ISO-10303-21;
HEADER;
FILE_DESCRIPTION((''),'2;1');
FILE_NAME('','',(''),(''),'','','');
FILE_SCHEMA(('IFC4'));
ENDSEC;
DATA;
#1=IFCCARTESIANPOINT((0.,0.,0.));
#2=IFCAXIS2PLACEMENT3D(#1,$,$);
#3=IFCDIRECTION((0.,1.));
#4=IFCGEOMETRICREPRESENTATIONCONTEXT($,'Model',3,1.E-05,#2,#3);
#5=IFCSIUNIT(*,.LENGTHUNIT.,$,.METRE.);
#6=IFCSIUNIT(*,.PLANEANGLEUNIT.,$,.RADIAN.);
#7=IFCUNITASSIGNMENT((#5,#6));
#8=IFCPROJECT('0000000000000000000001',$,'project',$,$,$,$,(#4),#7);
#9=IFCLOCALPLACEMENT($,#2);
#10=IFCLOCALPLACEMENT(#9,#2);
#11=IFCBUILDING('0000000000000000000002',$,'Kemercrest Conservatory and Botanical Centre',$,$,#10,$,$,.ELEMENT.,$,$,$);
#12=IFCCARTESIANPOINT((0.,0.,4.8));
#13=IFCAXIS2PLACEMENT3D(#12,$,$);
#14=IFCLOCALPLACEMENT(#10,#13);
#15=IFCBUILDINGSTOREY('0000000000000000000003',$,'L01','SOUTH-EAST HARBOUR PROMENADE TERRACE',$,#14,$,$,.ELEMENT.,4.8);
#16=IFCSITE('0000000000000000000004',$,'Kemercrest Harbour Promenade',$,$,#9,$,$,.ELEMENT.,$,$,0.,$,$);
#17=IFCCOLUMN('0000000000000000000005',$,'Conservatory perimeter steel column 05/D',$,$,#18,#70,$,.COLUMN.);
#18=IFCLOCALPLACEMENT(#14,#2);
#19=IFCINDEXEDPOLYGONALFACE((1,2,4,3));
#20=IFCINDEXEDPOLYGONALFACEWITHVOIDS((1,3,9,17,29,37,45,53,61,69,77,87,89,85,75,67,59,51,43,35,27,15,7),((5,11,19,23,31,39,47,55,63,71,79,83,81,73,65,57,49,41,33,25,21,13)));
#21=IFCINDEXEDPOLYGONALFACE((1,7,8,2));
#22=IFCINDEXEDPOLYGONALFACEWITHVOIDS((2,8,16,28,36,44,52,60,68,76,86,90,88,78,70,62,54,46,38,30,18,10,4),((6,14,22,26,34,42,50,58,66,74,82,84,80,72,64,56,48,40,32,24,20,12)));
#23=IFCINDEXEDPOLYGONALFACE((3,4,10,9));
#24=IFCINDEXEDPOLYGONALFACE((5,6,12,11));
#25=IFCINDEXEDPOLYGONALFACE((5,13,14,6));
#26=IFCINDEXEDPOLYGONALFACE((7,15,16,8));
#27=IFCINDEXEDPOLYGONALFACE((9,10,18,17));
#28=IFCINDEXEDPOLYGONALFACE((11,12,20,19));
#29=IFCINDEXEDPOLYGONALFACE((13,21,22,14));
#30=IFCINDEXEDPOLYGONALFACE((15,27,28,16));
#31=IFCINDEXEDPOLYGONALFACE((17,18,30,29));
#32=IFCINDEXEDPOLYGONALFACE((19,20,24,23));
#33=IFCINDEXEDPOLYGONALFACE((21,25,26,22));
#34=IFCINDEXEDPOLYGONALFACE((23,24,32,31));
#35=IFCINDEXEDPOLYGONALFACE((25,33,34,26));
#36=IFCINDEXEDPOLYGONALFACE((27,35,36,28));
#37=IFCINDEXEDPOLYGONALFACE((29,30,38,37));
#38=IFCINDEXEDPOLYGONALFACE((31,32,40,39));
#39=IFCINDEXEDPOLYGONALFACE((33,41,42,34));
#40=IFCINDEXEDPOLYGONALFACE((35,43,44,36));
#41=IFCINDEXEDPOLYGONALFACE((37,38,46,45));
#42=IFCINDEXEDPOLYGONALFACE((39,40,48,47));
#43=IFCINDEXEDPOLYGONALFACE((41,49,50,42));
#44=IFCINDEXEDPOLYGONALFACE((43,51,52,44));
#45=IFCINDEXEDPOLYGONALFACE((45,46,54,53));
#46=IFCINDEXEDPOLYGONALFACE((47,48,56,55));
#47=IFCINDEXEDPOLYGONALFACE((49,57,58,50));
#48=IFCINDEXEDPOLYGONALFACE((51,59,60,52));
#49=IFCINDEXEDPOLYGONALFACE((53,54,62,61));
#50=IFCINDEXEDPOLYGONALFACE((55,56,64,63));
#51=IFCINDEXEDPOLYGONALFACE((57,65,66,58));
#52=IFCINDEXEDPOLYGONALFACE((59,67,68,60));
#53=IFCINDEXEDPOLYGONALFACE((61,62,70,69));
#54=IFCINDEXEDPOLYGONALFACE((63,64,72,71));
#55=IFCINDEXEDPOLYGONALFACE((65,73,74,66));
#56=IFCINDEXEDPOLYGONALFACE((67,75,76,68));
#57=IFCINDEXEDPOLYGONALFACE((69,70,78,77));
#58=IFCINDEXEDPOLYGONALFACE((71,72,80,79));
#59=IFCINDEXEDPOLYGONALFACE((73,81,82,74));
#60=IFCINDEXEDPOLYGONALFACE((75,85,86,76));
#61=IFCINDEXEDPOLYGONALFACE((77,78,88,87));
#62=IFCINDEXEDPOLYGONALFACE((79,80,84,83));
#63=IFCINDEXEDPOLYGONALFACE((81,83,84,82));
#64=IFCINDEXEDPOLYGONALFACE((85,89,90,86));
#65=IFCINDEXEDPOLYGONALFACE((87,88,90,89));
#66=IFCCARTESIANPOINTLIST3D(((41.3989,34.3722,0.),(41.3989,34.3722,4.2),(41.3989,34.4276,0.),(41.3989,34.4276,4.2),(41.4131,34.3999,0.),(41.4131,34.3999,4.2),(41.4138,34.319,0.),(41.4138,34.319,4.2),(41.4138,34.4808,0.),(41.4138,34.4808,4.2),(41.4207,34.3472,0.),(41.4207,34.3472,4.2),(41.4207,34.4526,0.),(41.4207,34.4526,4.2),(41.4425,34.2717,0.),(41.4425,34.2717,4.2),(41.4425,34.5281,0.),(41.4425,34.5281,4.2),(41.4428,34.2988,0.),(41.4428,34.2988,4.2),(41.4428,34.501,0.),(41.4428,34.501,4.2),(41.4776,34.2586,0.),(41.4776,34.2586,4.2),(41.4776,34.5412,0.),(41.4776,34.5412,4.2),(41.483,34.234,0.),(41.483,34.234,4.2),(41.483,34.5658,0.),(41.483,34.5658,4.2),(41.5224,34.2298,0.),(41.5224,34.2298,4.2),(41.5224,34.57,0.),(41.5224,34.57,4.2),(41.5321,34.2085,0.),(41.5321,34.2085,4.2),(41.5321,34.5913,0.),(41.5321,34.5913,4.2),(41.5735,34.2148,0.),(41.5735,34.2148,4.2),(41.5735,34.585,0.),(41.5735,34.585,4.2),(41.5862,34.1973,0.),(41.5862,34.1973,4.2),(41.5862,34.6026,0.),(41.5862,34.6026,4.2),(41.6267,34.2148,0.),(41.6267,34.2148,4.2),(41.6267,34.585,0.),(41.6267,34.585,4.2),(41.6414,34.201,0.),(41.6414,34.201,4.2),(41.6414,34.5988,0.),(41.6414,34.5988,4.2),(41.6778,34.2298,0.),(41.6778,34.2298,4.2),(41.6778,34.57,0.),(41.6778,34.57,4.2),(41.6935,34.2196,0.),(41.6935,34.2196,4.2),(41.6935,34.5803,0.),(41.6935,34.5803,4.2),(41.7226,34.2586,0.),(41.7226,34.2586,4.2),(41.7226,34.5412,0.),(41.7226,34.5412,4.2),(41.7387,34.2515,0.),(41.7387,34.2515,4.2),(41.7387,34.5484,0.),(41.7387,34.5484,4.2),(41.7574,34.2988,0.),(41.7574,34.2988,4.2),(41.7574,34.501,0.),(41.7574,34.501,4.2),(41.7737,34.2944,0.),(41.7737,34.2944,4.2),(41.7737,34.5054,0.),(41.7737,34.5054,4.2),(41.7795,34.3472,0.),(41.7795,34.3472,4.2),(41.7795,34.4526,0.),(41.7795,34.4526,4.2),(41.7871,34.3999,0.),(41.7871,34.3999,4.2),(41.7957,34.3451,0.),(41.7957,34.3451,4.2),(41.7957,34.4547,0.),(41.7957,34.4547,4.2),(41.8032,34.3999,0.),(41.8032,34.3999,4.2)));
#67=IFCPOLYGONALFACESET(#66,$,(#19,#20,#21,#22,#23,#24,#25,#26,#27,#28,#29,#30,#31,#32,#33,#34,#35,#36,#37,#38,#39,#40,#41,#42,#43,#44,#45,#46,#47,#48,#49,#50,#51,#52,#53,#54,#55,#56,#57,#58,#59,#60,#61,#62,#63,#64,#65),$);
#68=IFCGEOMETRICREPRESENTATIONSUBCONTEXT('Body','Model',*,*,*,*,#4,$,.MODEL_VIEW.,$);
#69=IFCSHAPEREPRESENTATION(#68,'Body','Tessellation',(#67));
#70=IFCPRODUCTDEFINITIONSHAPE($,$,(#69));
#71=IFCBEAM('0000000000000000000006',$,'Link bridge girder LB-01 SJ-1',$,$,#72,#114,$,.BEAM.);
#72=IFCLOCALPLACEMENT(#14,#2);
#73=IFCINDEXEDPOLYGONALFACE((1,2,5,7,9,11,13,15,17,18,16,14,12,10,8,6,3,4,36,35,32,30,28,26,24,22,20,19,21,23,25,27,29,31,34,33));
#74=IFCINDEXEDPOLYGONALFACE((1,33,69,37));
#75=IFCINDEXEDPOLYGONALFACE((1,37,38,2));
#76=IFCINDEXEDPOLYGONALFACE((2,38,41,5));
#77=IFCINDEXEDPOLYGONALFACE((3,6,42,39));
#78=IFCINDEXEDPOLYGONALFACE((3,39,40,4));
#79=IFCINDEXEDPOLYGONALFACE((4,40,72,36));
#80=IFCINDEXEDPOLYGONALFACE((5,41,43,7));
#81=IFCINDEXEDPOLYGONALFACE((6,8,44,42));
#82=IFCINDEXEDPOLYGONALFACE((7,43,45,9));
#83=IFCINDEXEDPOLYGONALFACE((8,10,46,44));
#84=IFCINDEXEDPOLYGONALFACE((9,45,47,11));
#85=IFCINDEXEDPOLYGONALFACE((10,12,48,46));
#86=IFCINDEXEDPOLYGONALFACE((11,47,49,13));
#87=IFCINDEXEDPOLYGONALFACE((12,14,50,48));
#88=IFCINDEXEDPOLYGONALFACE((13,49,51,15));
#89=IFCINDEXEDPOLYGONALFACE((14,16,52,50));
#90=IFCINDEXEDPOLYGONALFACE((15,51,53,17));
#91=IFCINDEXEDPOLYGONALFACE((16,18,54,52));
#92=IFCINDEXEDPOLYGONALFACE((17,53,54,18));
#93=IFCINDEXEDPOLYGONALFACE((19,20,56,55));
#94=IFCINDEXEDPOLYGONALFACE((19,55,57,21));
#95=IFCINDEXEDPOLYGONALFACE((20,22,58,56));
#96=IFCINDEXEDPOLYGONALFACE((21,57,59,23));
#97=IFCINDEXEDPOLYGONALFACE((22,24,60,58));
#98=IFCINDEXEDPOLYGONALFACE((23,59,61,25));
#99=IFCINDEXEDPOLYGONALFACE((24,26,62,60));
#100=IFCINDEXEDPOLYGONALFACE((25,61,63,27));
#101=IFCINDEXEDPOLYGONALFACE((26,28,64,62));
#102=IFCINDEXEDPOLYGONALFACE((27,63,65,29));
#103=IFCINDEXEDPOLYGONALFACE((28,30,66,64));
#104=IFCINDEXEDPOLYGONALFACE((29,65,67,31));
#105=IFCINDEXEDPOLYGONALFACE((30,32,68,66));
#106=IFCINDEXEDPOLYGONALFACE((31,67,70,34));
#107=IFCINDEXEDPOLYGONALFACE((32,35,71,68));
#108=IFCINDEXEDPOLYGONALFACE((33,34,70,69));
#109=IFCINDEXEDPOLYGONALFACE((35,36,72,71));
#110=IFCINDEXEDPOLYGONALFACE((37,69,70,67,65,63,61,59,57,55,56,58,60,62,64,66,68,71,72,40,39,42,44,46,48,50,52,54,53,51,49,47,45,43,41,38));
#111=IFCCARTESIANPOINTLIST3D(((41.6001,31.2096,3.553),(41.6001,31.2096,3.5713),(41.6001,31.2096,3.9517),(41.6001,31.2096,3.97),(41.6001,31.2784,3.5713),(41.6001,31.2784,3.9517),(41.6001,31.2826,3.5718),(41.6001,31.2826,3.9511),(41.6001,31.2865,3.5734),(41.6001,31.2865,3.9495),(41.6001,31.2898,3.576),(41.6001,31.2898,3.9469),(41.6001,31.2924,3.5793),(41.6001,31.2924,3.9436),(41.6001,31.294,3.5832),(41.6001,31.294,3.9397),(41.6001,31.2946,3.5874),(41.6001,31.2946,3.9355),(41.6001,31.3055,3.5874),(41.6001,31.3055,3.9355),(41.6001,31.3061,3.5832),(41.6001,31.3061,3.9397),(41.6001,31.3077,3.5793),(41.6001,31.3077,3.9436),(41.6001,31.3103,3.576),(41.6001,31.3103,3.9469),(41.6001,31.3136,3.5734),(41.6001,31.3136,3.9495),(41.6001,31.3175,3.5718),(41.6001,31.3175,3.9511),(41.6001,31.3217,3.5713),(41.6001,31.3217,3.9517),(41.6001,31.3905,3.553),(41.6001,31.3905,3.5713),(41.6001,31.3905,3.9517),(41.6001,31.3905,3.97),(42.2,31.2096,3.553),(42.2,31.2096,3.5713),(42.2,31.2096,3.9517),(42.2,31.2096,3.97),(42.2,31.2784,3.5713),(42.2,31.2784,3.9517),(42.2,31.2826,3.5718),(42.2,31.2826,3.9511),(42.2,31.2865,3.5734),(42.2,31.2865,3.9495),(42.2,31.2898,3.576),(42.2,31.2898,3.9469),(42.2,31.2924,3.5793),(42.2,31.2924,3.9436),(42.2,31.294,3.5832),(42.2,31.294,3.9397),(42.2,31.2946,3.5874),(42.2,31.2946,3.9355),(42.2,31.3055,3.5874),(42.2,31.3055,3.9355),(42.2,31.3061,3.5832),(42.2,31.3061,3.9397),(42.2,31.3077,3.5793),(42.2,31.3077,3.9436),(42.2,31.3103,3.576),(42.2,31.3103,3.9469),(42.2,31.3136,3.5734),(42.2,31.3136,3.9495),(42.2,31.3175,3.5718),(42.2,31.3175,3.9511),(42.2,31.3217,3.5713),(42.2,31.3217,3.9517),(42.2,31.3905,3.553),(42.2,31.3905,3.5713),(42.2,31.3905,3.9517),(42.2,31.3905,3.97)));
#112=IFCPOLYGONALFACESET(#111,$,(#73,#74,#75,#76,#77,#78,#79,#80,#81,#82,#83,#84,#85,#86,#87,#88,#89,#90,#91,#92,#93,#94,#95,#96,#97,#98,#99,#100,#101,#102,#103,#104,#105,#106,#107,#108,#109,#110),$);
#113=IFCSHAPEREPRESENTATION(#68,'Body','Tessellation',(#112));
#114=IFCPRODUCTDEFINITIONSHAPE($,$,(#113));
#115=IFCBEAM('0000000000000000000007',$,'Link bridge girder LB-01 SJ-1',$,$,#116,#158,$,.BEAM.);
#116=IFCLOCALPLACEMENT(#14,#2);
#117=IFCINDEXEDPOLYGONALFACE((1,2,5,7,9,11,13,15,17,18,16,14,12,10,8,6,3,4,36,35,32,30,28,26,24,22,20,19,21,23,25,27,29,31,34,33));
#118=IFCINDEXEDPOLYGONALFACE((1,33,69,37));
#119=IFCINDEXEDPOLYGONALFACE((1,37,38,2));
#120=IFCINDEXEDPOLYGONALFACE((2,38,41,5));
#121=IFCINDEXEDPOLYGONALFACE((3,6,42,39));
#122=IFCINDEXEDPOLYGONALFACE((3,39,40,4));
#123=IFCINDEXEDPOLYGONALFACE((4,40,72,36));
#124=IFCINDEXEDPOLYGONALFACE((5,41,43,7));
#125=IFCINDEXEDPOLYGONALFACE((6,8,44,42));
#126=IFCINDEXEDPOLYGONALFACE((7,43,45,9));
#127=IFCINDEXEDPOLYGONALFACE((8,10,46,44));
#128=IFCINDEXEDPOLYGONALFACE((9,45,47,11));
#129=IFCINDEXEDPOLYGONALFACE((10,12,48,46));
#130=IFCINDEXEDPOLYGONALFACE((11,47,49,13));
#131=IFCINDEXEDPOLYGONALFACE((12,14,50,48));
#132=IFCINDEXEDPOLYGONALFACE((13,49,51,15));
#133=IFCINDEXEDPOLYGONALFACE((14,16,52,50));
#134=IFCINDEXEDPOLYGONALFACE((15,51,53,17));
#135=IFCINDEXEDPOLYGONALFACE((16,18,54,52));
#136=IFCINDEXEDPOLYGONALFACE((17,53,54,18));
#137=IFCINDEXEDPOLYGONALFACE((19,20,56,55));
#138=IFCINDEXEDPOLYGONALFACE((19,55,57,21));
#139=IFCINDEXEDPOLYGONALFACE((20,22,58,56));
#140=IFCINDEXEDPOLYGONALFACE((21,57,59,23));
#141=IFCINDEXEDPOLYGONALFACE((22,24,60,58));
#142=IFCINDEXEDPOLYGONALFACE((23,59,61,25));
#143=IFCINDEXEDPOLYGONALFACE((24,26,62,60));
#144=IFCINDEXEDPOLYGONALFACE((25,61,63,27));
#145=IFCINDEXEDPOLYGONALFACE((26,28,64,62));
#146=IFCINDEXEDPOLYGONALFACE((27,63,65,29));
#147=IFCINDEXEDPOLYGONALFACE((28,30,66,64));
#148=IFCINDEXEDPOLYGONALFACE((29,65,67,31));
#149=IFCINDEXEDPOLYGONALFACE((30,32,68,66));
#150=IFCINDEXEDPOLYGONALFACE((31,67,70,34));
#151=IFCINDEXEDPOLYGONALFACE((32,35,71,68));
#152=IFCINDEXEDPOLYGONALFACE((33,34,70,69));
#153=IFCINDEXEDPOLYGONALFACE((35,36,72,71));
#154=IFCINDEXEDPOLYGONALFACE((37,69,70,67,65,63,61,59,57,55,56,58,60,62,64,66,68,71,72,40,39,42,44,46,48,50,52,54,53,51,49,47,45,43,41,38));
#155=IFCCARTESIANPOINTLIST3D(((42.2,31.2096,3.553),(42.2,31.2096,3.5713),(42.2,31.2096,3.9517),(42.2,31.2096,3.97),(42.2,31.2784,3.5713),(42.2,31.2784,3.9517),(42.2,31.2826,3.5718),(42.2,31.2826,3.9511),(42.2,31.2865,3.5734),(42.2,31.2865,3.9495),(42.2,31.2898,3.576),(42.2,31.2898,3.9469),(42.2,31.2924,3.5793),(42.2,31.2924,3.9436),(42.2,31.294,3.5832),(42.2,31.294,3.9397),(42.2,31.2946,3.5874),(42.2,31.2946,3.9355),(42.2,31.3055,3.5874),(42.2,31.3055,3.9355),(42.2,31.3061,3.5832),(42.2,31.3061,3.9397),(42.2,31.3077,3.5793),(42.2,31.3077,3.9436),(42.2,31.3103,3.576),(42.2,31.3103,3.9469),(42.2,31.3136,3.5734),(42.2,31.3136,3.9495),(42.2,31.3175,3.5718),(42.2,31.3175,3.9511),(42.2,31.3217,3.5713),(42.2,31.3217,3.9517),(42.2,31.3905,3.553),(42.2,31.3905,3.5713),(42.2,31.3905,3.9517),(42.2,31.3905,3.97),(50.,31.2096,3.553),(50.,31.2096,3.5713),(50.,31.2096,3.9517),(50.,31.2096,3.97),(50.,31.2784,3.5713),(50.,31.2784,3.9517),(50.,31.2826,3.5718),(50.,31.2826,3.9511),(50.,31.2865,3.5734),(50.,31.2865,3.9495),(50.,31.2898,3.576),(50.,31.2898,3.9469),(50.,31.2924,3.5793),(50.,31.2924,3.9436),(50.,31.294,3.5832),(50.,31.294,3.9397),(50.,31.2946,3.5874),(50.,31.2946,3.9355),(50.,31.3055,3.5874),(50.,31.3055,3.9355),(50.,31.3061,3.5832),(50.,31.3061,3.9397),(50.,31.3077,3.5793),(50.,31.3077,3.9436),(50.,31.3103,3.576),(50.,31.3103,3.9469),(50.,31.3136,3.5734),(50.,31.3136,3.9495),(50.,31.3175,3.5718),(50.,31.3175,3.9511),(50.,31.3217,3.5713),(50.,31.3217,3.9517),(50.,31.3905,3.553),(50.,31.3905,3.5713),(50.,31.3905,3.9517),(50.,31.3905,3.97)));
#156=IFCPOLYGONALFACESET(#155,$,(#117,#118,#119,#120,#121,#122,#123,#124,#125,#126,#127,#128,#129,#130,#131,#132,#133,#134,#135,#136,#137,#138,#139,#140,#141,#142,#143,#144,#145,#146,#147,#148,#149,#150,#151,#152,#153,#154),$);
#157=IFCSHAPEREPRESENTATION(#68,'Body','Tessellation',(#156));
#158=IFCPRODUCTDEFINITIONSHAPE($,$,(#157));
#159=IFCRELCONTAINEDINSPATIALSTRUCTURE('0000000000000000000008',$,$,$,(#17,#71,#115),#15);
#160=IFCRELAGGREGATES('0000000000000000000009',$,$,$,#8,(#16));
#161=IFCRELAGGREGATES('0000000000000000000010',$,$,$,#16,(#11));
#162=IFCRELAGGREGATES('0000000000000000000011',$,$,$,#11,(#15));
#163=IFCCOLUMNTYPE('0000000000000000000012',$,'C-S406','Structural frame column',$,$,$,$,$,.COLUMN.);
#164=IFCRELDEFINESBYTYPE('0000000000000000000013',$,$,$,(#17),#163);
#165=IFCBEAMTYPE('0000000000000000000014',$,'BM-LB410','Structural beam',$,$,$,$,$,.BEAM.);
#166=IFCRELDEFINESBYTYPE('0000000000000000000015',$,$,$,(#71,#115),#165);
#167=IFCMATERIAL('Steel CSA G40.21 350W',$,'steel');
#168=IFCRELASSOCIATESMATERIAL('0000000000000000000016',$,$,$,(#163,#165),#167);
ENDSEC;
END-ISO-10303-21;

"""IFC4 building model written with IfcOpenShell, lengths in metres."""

from ifc_helpers import new_model, si_unit, direction, frame, origin, origin_2d, place, context, subcontext, project, spatial, hollow_circle, i_section, extrude, material, material_profile, profile_set, type_object, element, save


model = new_model("IFC4")

# Units and contexts
model_context = context("Model", 3, precision=1e-05, world=origin(), true_north=direction((0.0, 1.0)))
body_context = subcontext(model_context, "Body", "Model", "MODEL_VIEW")
ifc_project = project(units=[si_unit("LENGTHUNIT", "METRE"), si_unit("PLANEANGLEUNIT", "RADIAN")], contexts=[model_context])

# Site, building, storey
site_placement = place(None, origin())
site = spatial("IfcSite", under=ifc_project, at=site_placement, Name="Kemercrest Harbour Promenade", CompositionType="ELEMENT", RefElevation=0.0)
building_placement = place(site_placement, origin())
building = spatial("IfcBuilding", under=site, at=building_placement, Name="Kemercrest Conservatory and Botanical Centre", CompositionType="ELEMENT")
storey_placement = place(building_placement, frame((0.0, 0.0, 4.8)))
storey = spatial("IfcBuildingStorey", under=building, at=storey_placement, Name="L01", Description="SOUTH-EAST HARBOUR PROMENADE TERRACE", CompositionType="ELEMENT", Elevation=4.8)

# Column
ifc_material_1 = material(Name="Steel CSA G40.21 350W", Category="steel")
ifc_material_profile_1 = material_profile(ifc_material_1, hollow_circle(Radius=0.2031, WallThickness=0.0161, at=origin_2d()), Name="CHS 406.4x16.0")
ifc_profile_set_1 = profile_set([ifc_material_profile_1], Name="Steel CSA G40.21 350W")
column_type_1 = type_object("IfcColumnType", Name="C-S406", Description="Structural frame column", PredefinedType="COLUMN", material=ifc_profile_set_1)
column_placement = place(storey_placement, frame((41.6001, 34.3999, 0.0), z_axis=(0.0, 0.0, 1.0), x_axis=(1.0, 0.0, 0.0)))
element("IfcColumn", 1, at=column_placement, inside=storey, type_object=column_type_1, Name="Conservatory perimeter steel column 05/D", PredefinedType="COLUMN", context=body_context, shape_type="SweptSolid", body=[
    extrude(hollow_circle(Radius=0.2031, WallThickness=0.0161, at=origin_2d()), origin(), (0.0, 0.0, 1.0), 4.2),
])

# Beams
ifc_material_profile_2 = material_profile(ifc_material_1, i_section(OverallWidth=0.1809, OverallDepth=0.417, WebThickness=0.011, FlangeThickness=0.0183, FilletRadius=0.0161, at=origin_2d()), Name="W410X85")
ifc_profile_set_2 = profile_set([ifc_material_profile_2], Name="Steel CSA G40.21 350W")
beam_type_1 = type_object("IfcBeamType", Name="BM-LB410", Description="Structural beam", PredefinedType="BEAM", material=ifc_profile_set_2)
beam_1_placement = place(storey_placement, frame((41.6001, 31.3, 3.7615), z_axis=(1.0, 0.0, 0.0), x_axis=(0.0, 1.0, 0.0)))
element("IfcBeam", 2, at=beam_1_placement, inside=storey, type_object=beam_type_1, Name="Link bridge girder LB-01 SJ-1", PredefinedType="BEAM", context=body_context, shape_type="SweptSolid", body=[
    extrude(i_section(OverallWidth=0.1809, OverallDepth=0.417, WebThickness=0.011, FlangeThickness=0.0183, FilletRadius=0.0161, at=origin_2d()), origin(), (0.0, 0.0, 1.0), 0.5999),
])
beam_2_placement = place(storey_placement, frame((42.2, 31.3, 3.7615), z_axis=(1.0, 0.0, 0.0), x_axis=(0.0, 1.0, 0.0)))
element("IfcBeam", 3, at=beam_2_placement, inside=storey, type_object=beam_type_1, Name="Link bridge girder LB-01 SJ-1", PredefinedType="BEAM", context=body_context, shape_type="SweptSolid", body=[
    extrude(i_section(OverallWidth=0.1809, OverallDepth=0.417, WebThickness=0.011, FlangeThickness=0.0183, FilletRadius=0.0161, at=origin_2d()), origin(), (0.0, 0.0, 1.0), 7.8),
])

save(model, "model.ifc")
